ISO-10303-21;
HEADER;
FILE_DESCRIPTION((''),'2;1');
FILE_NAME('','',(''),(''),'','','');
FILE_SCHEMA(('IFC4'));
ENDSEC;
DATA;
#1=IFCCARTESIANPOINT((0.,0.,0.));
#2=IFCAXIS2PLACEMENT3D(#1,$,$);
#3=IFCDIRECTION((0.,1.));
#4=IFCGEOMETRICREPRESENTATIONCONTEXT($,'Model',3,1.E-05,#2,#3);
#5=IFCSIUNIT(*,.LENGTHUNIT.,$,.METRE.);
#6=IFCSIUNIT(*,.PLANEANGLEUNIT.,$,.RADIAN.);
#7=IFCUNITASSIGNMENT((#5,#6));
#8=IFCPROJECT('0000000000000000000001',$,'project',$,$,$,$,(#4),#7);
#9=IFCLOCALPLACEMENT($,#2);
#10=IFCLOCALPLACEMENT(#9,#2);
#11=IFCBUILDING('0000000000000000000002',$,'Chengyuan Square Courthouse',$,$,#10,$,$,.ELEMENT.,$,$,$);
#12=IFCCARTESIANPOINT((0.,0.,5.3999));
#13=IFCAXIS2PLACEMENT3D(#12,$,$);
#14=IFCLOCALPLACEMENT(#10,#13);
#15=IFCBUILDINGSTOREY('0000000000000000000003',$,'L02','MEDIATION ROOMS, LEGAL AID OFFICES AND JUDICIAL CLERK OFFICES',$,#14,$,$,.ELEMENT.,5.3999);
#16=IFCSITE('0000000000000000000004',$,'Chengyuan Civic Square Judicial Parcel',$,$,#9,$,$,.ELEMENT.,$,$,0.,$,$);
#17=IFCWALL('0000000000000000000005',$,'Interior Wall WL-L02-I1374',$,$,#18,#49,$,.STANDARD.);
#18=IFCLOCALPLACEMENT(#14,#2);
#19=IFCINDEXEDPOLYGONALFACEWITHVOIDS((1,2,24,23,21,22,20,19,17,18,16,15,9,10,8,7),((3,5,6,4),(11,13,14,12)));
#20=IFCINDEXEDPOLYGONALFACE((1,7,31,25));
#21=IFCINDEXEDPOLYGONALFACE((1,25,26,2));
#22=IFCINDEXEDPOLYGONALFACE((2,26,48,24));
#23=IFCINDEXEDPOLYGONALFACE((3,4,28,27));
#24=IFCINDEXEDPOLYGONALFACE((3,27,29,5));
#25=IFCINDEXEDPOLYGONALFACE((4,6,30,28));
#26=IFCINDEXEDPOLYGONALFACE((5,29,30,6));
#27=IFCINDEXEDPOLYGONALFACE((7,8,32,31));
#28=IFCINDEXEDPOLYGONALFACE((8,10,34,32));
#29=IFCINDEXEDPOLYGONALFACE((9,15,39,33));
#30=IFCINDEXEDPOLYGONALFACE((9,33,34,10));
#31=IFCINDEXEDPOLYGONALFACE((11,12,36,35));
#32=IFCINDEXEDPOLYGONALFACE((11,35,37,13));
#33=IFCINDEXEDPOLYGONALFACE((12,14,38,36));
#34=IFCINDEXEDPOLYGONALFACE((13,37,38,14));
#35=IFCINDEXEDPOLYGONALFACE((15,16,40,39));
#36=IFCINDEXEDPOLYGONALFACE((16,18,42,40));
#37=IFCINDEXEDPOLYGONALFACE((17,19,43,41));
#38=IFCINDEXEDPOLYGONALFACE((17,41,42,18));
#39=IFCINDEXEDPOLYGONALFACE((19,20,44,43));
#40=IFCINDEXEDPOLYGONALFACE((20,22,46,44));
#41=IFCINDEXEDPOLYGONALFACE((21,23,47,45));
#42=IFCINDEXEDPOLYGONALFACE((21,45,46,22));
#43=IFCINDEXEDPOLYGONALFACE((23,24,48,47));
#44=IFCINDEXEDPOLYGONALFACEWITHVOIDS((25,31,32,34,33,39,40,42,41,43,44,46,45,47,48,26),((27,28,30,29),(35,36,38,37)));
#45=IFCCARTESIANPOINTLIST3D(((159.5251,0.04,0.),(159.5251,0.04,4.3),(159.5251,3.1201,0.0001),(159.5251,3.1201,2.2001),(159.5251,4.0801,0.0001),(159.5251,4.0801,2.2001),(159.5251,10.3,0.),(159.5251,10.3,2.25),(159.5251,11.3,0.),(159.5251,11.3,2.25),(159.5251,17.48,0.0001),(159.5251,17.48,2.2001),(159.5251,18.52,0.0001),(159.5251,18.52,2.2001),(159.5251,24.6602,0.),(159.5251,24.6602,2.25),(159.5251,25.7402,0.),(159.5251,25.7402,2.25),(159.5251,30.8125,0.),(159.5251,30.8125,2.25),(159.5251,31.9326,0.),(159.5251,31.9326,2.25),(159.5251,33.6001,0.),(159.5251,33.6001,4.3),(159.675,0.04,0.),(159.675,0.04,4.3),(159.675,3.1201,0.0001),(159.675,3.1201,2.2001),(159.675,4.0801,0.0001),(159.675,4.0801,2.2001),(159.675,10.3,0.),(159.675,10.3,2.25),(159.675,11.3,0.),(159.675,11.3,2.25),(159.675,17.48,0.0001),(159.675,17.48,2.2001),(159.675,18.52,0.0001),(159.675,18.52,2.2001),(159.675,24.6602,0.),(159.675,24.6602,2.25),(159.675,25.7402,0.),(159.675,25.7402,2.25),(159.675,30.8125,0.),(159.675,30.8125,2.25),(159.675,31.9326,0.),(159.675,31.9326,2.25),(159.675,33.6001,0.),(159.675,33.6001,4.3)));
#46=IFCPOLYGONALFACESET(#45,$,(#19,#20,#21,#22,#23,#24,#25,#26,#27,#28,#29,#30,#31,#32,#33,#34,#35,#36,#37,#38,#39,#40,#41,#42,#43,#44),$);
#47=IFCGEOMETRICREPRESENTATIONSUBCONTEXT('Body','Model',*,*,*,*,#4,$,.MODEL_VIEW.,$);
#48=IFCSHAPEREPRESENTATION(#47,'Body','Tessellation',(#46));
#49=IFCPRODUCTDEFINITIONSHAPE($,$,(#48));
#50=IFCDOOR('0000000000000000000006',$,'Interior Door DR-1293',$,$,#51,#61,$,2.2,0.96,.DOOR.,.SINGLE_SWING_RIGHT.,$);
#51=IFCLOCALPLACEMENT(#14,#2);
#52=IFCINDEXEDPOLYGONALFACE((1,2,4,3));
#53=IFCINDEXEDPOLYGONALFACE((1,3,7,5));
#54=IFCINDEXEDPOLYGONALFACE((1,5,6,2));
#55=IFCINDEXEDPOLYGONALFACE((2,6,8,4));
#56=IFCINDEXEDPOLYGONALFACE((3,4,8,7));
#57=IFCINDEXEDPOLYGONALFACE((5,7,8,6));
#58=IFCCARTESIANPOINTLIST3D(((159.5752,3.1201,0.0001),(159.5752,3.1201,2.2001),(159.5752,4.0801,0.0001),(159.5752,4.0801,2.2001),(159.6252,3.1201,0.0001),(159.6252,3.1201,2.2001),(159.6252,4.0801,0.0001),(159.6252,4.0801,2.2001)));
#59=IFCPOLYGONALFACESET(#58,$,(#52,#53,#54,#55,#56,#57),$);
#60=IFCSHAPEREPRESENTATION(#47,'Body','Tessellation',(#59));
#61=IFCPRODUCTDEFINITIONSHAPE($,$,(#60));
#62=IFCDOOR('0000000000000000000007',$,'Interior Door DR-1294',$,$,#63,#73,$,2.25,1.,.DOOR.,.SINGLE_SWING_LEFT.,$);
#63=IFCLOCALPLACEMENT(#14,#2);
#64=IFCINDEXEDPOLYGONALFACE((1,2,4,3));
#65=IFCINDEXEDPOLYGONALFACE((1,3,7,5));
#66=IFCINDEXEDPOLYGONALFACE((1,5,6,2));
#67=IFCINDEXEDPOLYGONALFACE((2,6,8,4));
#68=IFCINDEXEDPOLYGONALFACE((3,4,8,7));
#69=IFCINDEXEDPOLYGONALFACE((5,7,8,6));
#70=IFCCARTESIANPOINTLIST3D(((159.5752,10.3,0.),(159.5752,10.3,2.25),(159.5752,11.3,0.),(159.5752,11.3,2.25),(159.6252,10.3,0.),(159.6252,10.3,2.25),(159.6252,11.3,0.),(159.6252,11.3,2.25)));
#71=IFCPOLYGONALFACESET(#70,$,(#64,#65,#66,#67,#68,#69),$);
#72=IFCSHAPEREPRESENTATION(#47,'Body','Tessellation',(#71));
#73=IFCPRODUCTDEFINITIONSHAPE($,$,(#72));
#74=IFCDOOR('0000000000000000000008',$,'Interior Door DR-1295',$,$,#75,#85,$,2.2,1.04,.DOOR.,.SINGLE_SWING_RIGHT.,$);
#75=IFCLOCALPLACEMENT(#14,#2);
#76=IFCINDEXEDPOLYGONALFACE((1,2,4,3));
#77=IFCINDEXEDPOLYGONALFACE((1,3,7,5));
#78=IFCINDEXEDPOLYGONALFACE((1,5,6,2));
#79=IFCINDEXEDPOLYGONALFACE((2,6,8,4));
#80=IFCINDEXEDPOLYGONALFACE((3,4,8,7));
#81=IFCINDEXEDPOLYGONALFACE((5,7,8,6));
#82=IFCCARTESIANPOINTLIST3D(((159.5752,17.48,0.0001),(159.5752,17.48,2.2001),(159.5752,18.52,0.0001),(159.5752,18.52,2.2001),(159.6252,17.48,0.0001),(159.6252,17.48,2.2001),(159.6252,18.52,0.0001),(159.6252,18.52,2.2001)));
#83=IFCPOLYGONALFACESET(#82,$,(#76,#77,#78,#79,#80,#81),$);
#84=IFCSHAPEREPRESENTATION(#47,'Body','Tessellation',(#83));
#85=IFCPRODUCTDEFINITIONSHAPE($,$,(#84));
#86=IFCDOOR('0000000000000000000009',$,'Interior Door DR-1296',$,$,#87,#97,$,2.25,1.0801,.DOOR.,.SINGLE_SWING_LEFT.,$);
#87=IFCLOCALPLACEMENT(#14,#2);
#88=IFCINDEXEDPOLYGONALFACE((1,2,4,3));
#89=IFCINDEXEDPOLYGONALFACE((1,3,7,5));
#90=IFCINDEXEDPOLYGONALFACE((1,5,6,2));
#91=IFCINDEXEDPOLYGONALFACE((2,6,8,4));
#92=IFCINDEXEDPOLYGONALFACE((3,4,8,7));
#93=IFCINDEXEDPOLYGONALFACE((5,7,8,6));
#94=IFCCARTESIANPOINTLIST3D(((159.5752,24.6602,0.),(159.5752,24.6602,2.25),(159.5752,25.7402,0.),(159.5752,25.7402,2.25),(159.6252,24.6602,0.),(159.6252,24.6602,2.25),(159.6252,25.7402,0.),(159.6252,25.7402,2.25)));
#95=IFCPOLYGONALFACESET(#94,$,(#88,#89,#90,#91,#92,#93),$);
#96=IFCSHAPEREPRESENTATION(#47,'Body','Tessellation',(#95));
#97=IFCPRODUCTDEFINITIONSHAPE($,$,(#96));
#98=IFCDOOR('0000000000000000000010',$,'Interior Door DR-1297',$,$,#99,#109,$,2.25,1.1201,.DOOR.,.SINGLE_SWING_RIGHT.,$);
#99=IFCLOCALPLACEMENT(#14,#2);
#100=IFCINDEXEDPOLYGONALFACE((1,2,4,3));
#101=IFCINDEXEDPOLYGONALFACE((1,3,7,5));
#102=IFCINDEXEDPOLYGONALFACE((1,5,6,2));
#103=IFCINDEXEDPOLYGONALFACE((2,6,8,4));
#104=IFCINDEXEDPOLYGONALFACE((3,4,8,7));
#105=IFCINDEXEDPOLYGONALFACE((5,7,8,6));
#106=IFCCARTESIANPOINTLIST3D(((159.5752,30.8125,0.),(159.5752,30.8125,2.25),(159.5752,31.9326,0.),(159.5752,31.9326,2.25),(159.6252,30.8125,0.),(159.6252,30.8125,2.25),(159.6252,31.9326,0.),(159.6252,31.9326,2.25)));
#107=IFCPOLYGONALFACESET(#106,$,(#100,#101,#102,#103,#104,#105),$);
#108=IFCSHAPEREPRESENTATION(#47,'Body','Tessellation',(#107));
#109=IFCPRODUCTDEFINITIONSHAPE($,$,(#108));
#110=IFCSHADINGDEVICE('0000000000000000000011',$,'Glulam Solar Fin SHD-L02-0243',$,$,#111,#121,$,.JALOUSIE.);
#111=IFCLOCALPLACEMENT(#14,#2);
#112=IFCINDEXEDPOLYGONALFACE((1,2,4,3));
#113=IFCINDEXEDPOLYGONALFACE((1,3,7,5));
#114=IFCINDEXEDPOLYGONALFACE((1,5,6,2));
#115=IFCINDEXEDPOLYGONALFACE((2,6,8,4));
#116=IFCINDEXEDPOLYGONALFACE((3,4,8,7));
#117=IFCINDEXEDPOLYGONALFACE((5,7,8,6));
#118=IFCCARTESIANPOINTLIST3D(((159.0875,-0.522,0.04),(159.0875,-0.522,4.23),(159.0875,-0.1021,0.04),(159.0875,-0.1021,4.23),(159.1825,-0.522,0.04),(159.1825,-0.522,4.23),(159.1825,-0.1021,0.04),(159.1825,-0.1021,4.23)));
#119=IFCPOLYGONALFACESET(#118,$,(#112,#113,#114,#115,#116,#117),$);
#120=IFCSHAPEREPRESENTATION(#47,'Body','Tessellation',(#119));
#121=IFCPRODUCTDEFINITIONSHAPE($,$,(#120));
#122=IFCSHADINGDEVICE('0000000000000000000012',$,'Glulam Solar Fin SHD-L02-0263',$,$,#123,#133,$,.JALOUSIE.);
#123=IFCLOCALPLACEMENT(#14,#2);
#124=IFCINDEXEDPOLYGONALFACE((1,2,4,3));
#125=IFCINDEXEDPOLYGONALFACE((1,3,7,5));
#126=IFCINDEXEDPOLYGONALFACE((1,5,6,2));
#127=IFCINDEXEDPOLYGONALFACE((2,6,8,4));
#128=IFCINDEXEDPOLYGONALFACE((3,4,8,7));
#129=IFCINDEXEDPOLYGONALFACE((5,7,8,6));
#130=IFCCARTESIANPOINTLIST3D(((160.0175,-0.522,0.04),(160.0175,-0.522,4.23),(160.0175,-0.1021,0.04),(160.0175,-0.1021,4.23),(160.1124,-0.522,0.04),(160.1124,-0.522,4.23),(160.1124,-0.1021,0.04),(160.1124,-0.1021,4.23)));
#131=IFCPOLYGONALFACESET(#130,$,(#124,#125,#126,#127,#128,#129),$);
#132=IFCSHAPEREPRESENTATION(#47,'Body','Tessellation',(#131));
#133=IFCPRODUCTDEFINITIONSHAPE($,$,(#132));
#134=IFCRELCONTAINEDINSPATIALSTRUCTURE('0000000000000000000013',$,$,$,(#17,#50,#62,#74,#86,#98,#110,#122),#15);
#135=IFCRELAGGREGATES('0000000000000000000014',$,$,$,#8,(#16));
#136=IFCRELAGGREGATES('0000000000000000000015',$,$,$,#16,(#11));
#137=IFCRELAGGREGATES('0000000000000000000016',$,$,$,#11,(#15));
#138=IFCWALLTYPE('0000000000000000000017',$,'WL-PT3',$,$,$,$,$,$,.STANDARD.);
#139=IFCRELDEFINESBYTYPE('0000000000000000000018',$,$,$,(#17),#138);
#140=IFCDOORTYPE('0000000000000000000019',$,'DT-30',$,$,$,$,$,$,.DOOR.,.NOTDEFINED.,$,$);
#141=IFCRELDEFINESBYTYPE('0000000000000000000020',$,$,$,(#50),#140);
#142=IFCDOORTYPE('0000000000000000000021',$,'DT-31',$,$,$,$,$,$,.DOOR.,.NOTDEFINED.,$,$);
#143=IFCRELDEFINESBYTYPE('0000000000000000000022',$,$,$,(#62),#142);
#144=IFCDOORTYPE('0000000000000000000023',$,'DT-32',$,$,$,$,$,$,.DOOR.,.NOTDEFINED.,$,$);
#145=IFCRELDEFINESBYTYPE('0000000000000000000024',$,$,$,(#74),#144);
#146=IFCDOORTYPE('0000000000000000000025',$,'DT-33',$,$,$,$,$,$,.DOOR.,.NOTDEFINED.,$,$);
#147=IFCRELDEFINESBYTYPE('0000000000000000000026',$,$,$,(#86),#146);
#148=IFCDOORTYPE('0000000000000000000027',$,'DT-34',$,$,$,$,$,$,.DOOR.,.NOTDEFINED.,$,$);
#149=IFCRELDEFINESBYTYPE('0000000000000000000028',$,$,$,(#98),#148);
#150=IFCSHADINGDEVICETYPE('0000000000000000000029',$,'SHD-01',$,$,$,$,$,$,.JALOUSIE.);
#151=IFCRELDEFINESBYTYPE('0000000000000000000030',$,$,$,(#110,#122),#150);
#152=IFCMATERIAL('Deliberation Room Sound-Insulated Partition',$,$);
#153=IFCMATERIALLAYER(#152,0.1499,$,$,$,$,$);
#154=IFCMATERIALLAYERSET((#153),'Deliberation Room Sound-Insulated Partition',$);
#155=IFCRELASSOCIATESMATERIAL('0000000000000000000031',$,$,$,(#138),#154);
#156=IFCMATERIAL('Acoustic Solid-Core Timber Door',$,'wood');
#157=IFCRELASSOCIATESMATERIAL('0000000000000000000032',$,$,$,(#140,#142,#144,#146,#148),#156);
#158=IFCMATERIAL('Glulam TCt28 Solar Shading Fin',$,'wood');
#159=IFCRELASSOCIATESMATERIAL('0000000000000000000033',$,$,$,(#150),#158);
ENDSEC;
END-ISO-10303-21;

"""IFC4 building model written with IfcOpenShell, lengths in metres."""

from ifc_helpers import new_model, si_unit, direction, frame, frame_2d, origin, origin_2d, place, context, subcontext, project, spatial, rectangle, extrude, material, layer, layer_set, type_object, element, fill, save


model = new_model("IFC4")

# Units and contexts
model_context = context("Model", 3, precision=1e-05, world=origin(), true_north=direction((0.0, 1.0)))
body_context = subcontext(model_context, "Body", "Model", "MODEL_VIEW")
ifc_project = project(units=[si_unit("LENGTHUNIT", "METRE"), si_unit("PLANEANGLEUNIT", "RADIAN")], contexts=[model_context])

# Site, building, storey
site_placement = place(None, origin())
site = spatial("IfcSite", under=ifc_project, at=site_placement, Name="Chengyuan Civic Square Judicial Parcel", CompositionType="ELEMENT", RefElevation=0.0)
building_placement = place(site_placement, origin())
building = spatial("IfcBuilding", under=site, at=building_placement, Name="Chengyuan Square Courthouse", CompositionType="ELEMENT")
storey_placement = place(building_placement, frame((0.0, 0.0, 5.3999)))
storey = spatial("IfcBuildingStorey", under=building, at=storey_placement, Name="L02", Description="MEDIATION ROOMS, LEGAL AID OFFICES AND JUDICIAL CLERK OFFICES", CompositionType="ELEMENT", Elevation=5.3999)

# Shared definitions
ifc_material_1 = material(Name="Deliberation Room Sound-Insulated Partition")
ifc_layer_1 = layer(ifc_material_1, 0.1499)
ifc_layer_set_1 = layer_set([ifc_layer_1], Name="Deliberation Room Sound-Insulated Partition")
wall_type = type_object("IfcWallType", Name="WL-PT3", PredefinedType="STANDARD", material=ifc_layer_set_1)

# Wall, openings, doors
wall_1_placement = place(storey_placement, frame((159.6001, 0.04, 0.0), z_axis=(0.0, 0.0, 1.0), x_axis=(0.0, 1.0, 0.0)))
wall_1 = element("IfcWall", 1, at=wall_1_placement, inside=storey, type_object=wall_type, Name="Interior Wall WL-L02-I1374", PredefinedType="STANDARD", context=body_context, shape_type="SweptSolid", body=[
    extrude(rectangle(XDim=33.5601, YDim=0.1499, at=frame_2d((16.78, 0.0))), origin(), (0.0, 0.0, 1.0), 4.3),
])
opening_1_placement = place(wall_1_placement, frame((3.0801, 0.0, 0.0)))
opening_1 = element("IfcOpeningElement", 2, at=opening_1_placement, cuts=wall_1, PredefinedType="OPENING", context=body_context, shape_type="SweptSolid", body=[
    extrude(rectangle(XDim=0.96, YDim=2.2, at=frame_2d((0.48, 1.1001))), frame((0.0, 0.0869, 0.0), z_axis=(0.0, -1.0, 0.0), x_axis=(1.0, 0.0, 0.0)), (0.0, 0.0, 1.0), 0.1738),
])
opening_2_placement = place(wall_1_placement, frame((10.26, 0.0, 0.0)))
opening_2 = element("IfcOpeningElement", 3, at=opening_2_placement, cuts=wall_1, PredefinedType="OPENING", context=body_context, shape_type="SweptSolid", body=[
    extrude(rectangle(XDim=1.0, YDim=2.25, at=frame_2d((0.5, 1.125))), frame((0.0, 0.0869, 0.0), z_axis=(0.0, -1.0, 0.0), x_axis=(1.0, 0.0, 0.0)), (0.0, 0.0, 1.0), 0.1738),
])
opening_3_placement = place(wall_1_placement, frame((17.4399, 0.0, 0.0)))
opening_3 = element("IfcOpeningElement", 4, at=opening_3_placement, cuts=wall_1, PredefinedType="OPENING", context=body_context, shape_type="SweptSolid", body=[
    extrude(rectangle(XDim=1.04, YDim=2.2, at=frame_2d((0.52, 1.1001))), frame((0.0, 0.0869, 0.0), z_axis=(0.0, -1.0, 0.0), x_axis=(1.0, 0.0, 0.0)), (0.0, 0.0, 1.0), 0.1738),
])
opening_4_placement = place(wall_1_placement, frame((24.6201, 0.0, 0.0)))
opening_4 = element("IfcOpeningElement", 5, at=opening_4_placement, cuts=wall_1, PredefinedType="OPENING", context=body_context, shape_type="SweptSolid", body=[
    extrude(rectangle(XDim=1.0801, YDim=2.25, at=frame_2d((0.54, 1.125))), frame((0.0, 0.0869, 0.0), z_axis=(0.0, -1.0, 0.0), x_axis=(1.0, 0.0, 0.0)), (0.0, 0.0, 1.0), 0.1738),
])
opening_5_placement = place(wall_1_placement, frame((30.7725, 0.0, 0.0)))
opening_5 = element("IfcOpeningElement", 6, at=opening_5_placement, cuts=wall_1, PredefinedType="OPENING", context=body_context, shape_type="SweptSolid", body=[
    extrude(rectangle(XDim=1.1201, YDim=2.25, at=frame_2d((0.5601, 1.125))), frame((0.0, 0.0869, 0.0), z_axis=(0.0, -1.0, 0.0), x_axis=(1.0, 0.0, 0.0)), (0.0, 0.0, 1.0), 0.1738),
])
ifc_material_2 = material(Name="Acoustic Solid-Core Timber Door", Category="wood")
door_type_1 = type_object("IfcDoorType", Name="DT-30", OperationType="NOTDEFINED", PredefinedType="DOOR", material=ifc_material_2)
door_1_placement = place(opening_1_placement, origin())
door_1 = element("IfcDoor", 7, at=door_1_placement, inside=storey, type_object=door_type_1, Name="Interior Door DR-1293", OperationType="SINGLE_SWING_RIGHT", OverallHeight=2.2, OverallWidth=0.96, PredefinedType="DOOR", context=body_context, shape_type="SweptSolid", body=[
    extrude(rectangle(XDim=0.96, YDim=2.2, at=frame_2d((0.48, 1.1001))), frame((0.0, 0.0249, 0.0), z_axis=(0.0, -1.0, 0.0), x_axis=(1.0, 0.0, 0.0)), (0.0, 0.0, 1.0), 0.05),
])
fill(opening_1, door_1)
door_type_2 = type_object("IfcDoorType", Name="DT-31", OperationType="NOTDEFINED", PredefinedType="DOOR", material=ifc_material_2)
door_2_placement = place(opening_2_placement, origin())
door_2 = element("IfcDoor", 8, at=door_2_placement, inside=storey, type_object=door_type_2, Name="Interior Door DR-1294", OperationType="SINGLE_SWING_LEFT", OverallHeight=2.25, OverallWidth=1.0, PredefinedType="DOOR", context=body_context, shape_type="SweptSolid", body=[
    extrude(rectangle(XDim=1.0, YDim=2.25, at=frame_2d((0.5, 1.125))), frame((0.0, 0.0249, 0.0), z_axis=(0.0, -1.0, 0.0), x_axis=(1.0, 0.0, 0.0)), (0.0, 0.0, 1.0), 0.05),
])
fill(opening_2, door_2)
door_type_3 = type_object("IfcDoorType", Name="DT-32", OperationType="NOTDEFINED", PredefinedType="DOOR", material=ifc_material_2)
door_3_placement = place(opening_3_placement, origin())
door_3 = element("IfcDoor", 9, at=door_3_placement, inside=storey, type_object=door_type_3, Name="Interior Door DR-1295", OperationType="SINGLE_SWING_RIGHT", OverallHeight=2.2, OverallWidth=1.04, PredefinedType="DOOR", context=body_context, shape_type="SweptSolid", body=[
    extrude(rectangle(XDim=1.04, YDim=2.2, at=frame_2d((0.52, 1.1001))), frame((0.0, 0.0249, 0.0), z_axis=(0.0, -1.0, 0.0), x_axis=(1.0, 0.0, 0.0)), (0.0, 0.0, 1.0), 0.05),
])
fill(opening_3, door_3)
door_type_4 = type_object("IfcDoorType", Name="DT-33", OperationType="NOTDEFINED", PredefinedType="DOOR", material=ifc_material_2)
door_4_placement = place(opening_4_placement, origin())
door_4 = element("IfcDoor", 10, at=door_4_placement, inside=storey, type_object=door_type_4, Name="Interior Door DR-1296", OperationType="SINGLE_SWING_LEFT", OverallHeight=2.25, OverallWidth=1.0801, PredefinedType="DOOR", context=body_context, shape_type="SweptSolid", body=[
    extrude(rectangle(XDim=1.0801, YDim=2.25, at=frame_2d((0.54, 1.125))), frame((0.0, 0.0249, 0.0), z_axis=(0.0, -1.0, 0.0), x_axis=(1.0, 0.0, 0.0)), (0.0, 0.0, 1.0), 0.05),
])
fill(opening_4, door_4)
door_type_5 = type_object("IfcDoorType", Name="DT-34", OperationType="NOTDEFINED", PredefinedType="DOOR", material=ifc_material_2)
door_5_placement = place(opening_5_placement, origin())
door_5 = element("IfcDoor", 11, at=door_5_placement, inside=storey, type_object=door_type_5, Name="Interior Door DR-1297", OperationType="SINGLE_SWING_RIGHT", OverallHeight=2.25, OverallWidth=1.1201, PredefinedType="DOOR", context=body_context, shape_type="SweptSolid", body=[
    extrude(rectangle(XDim=1.1201, YDim=2.25, at=frame_2d((0.5601, 1.125))), frame((0.0, 0.0249, 0.0), z_axis=(0.0, -1.0, 0.0), x_axis=(1.0, 0.0, 0.0)), (0.0, 0.0, 1.0), 0.05),
])
fill(opening_5, door_5)

# Shading devices
ifc_material_3 = material(Name="Glulam TCt28 Solar Shading Fin", Category="wood")
shading_device_type = type_object("IfcShadingDeviceType", Name="SHD-01", PredefinedType="JALOUSIE", material=ifc_material_3)
for number, where, z_axis, x_axis, name in (
    (12, (159.135, -0.312, 0.04), (0.0, 0.0, 1.0), (0.0, 1.0, 0.0), "Glulam Solar Fin SHD-L02-0243"),
    (13, (160.0649, -0.312, 0.04), (0.0, 0.0, 1.0), (0.0, 1.0, 0.0), "Glulam Solar Fin SHD-L02-0263"),
):
    element("IfcShadingDevice", number, at=place(storey_placement, frame(where, z_axis=z_axis, x_axis=x_axis)), inside=storey, type_object=shading_device_type, Name=name, PredefinedType="JALOUSIE", context=body_context, shape_type="SweptSolid", body=[
        extrude(rectangle(XDim=0.4199, YDim=0.095, at=origin_2d()), origin(), (0.0, 0.0, 1.0), 4.1899),
    ])

save(model, "model.ifc")
